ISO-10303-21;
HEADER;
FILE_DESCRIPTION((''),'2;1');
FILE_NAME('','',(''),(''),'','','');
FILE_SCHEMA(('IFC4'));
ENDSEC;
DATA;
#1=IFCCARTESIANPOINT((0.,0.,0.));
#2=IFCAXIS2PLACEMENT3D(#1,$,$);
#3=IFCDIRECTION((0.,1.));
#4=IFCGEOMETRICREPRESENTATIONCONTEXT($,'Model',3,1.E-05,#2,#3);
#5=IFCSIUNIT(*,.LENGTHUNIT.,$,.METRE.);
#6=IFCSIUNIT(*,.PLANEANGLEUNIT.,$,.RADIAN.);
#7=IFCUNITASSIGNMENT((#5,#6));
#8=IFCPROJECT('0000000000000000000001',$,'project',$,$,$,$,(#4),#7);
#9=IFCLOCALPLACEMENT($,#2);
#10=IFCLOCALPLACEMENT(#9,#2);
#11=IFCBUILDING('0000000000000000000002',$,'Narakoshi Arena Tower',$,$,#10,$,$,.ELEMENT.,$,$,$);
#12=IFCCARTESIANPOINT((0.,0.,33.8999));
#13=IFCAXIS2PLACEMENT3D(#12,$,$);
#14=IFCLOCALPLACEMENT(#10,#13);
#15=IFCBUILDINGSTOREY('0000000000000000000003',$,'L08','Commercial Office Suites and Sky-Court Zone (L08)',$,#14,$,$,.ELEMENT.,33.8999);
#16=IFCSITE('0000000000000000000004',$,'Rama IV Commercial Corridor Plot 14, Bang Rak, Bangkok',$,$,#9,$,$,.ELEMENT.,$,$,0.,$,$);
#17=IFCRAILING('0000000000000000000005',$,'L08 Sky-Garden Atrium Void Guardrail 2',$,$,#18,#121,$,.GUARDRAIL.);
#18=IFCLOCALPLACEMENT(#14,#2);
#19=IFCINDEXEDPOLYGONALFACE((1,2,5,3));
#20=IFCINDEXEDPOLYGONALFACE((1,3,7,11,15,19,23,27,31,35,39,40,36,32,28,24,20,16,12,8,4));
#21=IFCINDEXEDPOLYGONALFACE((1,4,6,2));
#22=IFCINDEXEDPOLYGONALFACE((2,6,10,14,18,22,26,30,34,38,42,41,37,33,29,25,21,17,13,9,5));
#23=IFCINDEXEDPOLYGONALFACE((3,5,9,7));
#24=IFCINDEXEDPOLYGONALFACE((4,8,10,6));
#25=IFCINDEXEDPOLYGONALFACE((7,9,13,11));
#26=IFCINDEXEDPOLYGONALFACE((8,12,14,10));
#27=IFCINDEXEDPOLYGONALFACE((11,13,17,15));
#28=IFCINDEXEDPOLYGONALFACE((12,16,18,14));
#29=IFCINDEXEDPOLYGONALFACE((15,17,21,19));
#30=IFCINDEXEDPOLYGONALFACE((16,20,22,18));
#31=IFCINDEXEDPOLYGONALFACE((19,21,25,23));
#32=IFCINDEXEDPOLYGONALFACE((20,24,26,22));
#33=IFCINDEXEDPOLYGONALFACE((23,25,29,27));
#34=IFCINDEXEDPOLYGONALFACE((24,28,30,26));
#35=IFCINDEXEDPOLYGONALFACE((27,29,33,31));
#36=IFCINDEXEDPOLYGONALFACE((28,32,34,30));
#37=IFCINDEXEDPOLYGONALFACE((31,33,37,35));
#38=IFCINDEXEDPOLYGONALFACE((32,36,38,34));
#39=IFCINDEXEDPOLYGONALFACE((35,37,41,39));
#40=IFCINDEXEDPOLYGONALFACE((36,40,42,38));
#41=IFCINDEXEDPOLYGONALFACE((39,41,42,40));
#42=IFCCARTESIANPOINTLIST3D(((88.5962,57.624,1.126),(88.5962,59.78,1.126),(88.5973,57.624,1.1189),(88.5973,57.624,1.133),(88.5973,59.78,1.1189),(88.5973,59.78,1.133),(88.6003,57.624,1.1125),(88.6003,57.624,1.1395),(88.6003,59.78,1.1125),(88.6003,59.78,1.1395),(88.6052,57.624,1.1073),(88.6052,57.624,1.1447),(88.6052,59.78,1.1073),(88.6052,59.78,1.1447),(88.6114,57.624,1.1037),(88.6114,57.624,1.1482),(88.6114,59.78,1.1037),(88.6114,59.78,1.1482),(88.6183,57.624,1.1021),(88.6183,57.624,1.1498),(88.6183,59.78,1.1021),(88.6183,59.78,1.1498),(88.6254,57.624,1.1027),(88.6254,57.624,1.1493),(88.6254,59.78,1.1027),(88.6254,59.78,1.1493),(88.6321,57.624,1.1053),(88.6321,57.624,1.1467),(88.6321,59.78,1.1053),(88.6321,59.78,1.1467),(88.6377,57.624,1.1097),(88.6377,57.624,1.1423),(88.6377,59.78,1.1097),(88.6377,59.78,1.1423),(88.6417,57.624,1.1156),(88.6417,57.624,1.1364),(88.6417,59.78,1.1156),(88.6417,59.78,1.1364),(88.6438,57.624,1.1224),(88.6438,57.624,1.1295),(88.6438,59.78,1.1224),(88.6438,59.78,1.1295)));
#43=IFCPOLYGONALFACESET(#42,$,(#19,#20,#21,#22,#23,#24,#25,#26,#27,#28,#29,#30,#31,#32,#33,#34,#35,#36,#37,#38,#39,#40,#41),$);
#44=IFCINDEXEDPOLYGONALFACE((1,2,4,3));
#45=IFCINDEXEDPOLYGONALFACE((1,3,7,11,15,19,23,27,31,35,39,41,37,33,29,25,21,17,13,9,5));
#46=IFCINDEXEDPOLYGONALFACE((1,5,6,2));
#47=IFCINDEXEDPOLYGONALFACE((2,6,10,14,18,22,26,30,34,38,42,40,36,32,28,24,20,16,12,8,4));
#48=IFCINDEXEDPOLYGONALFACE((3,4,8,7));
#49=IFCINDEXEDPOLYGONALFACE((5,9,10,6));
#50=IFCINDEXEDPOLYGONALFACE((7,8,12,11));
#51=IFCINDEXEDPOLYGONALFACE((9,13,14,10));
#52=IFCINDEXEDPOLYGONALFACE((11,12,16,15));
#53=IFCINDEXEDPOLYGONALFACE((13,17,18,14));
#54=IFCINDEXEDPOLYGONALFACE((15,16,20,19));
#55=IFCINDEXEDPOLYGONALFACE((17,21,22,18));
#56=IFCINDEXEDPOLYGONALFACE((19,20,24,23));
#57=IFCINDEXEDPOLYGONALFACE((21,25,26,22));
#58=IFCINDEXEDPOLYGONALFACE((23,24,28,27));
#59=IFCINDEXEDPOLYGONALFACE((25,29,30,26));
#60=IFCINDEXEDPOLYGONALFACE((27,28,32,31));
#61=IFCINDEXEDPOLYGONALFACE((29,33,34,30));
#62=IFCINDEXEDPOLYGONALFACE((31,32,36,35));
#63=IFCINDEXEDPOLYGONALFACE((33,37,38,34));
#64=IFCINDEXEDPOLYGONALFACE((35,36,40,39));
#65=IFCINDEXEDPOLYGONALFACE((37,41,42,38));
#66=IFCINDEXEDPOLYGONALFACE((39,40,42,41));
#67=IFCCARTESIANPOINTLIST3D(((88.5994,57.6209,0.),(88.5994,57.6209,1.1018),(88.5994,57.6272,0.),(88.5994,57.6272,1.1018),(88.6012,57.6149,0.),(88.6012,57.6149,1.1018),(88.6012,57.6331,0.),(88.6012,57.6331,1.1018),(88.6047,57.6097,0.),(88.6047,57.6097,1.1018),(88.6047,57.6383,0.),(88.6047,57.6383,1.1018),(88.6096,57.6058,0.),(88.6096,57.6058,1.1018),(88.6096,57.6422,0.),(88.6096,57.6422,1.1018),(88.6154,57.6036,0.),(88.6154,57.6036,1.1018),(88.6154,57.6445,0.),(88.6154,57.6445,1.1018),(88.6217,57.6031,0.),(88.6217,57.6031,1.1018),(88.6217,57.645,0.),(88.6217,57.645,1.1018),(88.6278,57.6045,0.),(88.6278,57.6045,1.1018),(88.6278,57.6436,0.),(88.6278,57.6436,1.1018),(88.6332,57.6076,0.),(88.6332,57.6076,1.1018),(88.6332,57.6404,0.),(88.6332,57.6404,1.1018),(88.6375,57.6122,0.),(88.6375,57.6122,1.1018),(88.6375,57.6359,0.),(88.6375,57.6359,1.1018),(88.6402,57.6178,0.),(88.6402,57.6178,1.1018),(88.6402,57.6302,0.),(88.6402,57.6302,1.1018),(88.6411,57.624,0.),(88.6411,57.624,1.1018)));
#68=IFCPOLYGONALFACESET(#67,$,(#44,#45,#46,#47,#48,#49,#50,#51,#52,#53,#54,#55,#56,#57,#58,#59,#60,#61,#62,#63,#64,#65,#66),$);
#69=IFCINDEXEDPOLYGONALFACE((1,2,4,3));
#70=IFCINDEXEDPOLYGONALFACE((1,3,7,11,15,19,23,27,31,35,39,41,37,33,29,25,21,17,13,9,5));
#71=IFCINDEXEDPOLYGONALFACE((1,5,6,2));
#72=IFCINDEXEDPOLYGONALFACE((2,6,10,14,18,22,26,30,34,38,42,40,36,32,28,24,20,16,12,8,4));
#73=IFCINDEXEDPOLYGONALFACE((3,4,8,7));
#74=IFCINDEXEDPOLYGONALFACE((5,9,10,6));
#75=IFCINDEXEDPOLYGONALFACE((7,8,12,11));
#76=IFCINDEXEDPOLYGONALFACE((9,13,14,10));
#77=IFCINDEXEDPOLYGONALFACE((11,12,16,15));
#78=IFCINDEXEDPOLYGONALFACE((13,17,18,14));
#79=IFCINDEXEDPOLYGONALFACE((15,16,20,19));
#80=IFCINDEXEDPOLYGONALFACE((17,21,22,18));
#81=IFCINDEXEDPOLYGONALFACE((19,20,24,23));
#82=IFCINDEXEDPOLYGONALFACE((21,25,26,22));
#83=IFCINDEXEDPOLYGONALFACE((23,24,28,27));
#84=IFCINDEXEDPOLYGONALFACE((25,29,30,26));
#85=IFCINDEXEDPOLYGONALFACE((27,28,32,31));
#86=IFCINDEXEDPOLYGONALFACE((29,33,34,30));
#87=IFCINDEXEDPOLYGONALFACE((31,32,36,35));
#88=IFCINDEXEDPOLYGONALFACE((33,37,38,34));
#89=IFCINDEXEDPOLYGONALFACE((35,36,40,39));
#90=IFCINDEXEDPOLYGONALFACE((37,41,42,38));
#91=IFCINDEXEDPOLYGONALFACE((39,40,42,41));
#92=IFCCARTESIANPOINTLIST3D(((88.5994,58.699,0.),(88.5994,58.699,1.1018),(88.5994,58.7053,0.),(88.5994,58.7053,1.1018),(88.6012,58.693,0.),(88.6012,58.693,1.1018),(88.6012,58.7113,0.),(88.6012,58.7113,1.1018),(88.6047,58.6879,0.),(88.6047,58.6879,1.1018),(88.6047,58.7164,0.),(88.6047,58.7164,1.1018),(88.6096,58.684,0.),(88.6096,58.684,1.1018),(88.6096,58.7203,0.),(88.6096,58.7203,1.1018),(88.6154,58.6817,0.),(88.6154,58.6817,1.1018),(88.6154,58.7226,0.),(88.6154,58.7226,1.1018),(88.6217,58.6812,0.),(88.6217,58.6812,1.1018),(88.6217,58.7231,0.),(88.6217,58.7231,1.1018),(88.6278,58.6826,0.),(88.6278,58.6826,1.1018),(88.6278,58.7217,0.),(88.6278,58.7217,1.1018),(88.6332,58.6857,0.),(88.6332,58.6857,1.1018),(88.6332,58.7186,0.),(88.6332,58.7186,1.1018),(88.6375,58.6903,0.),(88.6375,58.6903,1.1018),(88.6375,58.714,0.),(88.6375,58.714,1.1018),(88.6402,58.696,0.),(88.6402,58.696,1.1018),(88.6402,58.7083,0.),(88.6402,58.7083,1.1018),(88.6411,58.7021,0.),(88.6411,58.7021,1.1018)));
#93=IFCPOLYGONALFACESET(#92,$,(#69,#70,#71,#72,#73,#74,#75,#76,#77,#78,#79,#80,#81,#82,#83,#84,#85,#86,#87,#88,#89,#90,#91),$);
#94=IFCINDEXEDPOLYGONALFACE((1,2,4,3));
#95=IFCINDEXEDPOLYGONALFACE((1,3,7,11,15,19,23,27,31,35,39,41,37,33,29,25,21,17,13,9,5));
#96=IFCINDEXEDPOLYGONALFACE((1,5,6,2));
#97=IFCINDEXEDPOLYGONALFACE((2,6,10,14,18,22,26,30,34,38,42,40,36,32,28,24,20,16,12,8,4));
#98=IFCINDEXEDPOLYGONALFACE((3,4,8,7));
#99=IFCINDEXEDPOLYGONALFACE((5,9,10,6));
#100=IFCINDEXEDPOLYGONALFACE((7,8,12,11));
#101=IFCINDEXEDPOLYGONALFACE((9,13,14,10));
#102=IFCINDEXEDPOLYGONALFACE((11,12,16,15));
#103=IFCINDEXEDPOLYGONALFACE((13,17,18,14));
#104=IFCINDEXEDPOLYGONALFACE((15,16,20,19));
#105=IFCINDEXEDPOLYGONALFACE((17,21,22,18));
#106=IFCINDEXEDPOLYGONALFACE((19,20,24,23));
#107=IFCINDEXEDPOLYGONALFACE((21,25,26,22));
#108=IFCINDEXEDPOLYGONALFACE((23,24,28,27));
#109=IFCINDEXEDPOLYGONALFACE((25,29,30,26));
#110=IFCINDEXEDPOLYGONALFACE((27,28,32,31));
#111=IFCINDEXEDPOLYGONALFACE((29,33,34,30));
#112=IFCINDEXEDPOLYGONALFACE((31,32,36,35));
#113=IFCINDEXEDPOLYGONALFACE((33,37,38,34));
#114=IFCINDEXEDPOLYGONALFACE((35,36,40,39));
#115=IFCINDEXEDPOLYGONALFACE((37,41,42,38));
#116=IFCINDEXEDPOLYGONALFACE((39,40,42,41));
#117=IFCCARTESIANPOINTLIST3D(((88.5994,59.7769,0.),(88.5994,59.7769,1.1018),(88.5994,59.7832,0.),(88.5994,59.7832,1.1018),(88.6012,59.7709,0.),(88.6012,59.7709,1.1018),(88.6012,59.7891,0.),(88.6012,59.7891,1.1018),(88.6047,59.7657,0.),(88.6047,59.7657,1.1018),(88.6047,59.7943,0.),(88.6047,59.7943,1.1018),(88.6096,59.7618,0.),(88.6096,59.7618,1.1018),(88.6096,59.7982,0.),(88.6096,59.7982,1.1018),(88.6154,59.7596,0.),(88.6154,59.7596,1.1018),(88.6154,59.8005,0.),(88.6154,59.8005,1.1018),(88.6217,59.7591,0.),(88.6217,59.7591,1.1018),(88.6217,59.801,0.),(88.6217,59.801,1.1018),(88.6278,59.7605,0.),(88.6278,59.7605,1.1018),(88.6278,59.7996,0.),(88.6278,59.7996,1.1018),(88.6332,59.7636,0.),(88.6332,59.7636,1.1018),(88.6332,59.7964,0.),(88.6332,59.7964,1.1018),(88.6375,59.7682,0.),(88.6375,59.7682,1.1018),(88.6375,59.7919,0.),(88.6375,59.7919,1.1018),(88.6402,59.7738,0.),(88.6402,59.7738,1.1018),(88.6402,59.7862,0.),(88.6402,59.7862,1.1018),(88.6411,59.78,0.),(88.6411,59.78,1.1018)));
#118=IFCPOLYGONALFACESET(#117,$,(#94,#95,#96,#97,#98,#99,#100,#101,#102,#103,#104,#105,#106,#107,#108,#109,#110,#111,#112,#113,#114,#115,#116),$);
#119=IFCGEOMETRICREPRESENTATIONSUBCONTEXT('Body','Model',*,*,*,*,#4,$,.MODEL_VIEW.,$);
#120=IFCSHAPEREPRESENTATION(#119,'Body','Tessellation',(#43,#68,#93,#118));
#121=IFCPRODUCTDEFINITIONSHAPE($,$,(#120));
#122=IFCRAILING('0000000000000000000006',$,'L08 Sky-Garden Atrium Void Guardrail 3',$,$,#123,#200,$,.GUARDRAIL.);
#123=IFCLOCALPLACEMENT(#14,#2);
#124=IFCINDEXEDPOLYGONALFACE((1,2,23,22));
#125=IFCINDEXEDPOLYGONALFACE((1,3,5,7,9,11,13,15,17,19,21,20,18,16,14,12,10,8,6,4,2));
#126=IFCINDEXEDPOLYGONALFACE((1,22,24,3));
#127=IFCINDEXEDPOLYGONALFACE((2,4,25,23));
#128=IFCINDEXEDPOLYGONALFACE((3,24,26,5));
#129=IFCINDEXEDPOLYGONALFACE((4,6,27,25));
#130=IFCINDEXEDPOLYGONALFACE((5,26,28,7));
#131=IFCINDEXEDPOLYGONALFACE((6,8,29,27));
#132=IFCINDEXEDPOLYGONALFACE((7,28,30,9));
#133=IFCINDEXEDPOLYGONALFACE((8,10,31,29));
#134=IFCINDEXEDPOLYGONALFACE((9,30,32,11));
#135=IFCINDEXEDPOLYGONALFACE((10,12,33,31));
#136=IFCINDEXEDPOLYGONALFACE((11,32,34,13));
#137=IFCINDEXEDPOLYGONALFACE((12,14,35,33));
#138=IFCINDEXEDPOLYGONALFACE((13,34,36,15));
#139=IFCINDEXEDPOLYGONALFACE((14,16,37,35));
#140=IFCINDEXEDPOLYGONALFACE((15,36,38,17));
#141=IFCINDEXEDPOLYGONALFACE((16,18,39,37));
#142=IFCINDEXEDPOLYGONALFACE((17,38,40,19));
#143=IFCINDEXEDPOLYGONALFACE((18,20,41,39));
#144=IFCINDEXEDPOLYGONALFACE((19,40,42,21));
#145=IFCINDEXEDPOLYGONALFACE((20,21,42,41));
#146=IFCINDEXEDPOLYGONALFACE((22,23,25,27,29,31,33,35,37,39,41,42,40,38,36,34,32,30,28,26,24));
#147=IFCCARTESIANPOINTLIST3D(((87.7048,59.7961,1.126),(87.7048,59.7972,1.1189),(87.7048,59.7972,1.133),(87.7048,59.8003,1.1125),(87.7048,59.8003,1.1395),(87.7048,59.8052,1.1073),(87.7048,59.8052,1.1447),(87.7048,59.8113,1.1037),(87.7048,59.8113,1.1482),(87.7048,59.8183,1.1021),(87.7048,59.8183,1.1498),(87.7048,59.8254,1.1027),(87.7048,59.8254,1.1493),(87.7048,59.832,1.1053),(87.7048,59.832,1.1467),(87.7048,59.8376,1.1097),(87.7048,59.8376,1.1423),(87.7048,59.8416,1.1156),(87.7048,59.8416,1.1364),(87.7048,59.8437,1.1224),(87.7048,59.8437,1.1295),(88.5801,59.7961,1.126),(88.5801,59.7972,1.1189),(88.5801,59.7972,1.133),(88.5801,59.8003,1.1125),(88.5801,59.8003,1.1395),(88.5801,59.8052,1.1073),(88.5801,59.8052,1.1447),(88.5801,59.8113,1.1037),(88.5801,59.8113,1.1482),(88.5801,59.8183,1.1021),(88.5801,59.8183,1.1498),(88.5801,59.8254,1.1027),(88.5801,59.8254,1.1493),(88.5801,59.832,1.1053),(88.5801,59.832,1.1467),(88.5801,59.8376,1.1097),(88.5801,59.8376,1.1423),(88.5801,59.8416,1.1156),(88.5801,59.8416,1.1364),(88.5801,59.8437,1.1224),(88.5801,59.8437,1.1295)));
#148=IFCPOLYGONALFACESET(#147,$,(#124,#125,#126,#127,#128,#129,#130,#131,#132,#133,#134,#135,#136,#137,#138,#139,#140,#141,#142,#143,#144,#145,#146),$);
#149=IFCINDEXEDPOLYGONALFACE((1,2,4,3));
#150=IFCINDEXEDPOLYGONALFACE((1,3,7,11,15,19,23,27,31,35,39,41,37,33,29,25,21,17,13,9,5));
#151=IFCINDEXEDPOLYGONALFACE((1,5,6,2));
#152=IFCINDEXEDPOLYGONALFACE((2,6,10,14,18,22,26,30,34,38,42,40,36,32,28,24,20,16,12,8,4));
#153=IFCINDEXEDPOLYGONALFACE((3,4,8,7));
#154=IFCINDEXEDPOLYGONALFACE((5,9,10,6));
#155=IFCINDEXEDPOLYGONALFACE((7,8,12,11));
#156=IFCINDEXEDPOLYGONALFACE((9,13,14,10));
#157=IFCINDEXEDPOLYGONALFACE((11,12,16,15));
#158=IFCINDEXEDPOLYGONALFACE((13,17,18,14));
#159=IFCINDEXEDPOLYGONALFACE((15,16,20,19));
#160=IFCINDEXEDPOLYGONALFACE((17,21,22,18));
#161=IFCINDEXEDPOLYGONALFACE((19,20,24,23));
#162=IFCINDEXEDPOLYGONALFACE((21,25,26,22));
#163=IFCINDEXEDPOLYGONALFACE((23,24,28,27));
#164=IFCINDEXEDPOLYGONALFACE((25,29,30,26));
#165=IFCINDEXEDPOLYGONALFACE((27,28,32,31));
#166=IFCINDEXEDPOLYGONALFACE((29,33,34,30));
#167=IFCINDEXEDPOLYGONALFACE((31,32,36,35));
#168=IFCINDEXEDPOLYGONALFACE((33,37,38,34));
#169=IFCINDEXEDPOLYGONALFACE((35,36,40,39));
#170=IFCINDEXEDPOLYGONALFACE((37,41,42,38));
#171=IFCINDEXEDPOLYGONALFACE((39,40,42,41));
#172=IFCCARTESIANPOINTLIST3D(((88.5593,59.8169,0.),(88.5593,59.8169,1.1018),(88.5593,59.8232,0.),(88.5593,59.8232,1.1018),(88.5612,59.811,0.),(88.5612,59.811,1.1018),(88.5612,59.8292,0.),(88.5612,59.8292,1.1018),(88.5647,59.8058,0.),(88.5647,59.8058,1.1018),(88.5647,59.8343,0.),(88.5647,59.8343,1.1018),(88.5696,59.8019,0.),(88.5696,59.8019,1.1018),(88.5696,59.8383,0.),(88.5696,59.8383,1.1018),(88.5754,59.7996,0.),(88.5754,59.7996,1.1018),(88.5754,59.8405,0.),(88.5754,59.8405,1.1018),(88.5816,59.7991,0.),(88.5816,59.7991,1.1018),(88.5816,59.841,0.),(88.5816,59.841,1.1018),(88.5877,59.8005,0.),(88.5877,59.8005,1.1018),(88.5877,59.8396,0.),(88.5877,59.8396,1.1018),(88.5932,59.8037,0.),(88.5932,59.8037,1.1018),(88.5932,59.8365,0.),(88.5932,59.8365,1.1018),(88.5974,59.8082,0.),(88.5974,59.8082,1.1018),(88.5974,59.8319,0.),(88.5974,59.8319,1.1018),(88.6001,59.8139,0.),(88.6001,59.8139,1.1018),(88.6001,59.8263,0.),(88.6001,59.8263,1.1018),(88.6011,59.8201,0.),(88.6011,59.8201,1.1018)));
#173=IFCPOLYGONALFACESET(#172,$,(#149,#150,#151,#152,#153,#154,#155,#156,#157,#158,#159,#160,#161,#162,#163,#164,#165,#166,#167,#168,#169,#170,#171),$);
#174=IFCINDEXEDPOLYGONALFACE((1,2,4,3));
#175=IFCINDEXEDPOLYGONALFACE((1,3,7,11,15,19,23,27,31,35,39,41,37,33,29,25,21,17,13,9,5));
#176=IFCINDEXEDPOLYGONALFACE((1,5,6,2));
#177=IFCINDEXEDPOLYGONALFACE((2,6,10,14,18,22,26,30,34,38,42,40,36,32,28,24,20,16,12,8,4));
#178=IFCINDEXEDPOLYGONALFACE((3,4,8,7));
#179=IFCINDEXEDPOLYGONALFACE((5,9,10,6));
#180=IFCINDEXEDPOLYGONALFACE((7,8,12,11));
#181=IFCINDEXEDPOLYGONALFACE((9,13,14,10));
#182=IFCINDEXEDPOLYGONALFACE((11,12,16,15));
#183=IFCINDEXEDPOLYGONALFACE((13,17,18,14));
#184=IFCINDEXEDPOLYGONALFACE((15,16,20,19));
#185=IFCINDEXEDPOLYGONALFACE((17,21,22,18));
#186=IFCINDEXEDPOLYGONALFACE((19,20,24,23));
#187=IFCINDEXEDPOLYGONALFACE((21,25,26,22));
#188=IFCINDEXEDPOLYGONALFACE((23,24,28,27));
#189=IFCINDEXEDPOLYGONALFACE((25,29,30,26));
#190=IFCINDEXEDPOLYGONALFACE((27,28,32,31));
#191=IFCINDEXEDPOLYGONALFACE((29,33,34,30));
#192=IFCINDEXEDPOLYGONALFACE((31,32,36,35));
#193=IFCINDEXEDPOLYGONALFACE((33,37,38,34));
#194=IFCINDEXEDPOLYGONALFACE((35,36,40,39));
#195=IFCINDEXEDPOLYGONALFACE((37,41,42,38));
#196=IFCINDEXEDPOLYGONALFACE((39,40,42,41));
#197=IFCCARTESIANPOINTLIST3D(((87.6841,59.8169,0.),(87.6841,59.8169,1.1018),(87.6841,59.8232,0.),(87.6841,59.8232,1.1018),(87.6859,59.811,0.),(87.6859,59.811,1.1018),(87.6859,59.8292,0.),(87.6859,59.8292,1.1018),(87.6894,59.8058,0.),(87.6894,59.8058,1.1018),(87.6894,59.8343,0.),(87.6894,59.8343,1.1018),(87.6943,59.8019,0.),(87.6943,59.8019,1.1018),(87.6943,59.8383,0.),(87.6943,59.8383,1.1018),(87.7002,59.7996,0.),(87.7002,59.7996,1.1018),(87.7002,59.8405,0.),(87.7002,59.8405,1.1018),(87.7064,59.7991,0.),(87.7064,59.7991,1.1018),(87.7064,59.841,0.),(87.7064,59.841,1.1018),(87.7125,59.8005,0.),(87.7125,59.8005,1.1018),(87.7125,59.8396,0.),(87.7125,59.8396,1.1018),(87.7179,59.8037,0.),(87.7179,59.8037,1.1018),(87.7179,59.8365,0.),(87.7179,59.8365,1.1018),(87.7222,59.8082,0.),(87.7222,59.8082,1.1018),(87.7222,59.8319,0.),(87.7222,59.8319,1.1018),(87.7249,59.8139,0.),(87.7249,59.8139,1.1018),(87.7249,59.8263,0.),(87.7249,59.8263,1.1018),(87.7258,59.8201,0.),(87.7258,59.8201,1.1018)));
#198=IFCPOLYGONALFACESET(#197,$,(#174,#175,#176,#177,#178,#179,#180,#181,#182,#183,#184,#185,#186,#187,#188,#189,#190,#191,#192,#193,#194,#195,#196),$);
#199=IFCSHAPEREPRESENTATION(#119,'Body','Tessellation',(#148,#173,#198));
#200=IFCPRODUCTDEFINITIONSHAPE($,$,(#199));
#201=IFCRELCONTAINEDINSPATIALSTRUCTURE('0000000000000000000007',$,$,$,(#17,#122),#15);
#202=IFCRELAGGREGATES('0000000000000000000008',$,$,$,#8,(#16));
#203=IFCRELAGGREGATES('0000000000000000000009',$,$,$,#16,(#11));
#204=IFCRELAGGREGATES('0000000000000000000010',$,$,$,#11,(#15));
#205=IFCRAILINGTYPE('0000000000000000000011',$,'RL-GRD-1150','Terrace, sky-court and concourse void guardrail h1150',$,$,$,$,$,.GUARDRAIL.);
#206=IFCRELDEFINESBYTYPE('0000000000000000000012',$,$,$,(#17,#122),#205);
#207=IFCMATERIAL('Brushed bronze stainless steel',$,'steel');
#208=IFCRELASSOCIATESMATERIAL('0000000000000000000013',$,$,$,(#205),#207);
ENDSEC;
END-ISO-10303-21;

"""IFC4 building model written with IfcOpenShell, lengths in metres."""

from ifc_helpers import new_model, si_unit, direction, frame, origin, origin_2d, place, context, subcontext, project, spatial, circle, extrude, material, type_object, element, save


model = new_model("IFC4")

# Units and contexts
model_context = context("Model", 3, precision=1e-05, world=origin(), true_north=direction((0.0, 1.0)))
body_context = subcontext(model_context, "Body", "Model", "MODEL_VIEW")
ifc_project = project(units=[si_unit("LENGTHUNIT", "METRE"), si_unit("PLANEANGLEUNIT", "RADIAN")], contexts=[model_context])

# Site, building, storey
site_placement = place(None, origin())
site = spatial("IfcSite", under=ifc_project, at=site_placement, Name="Rama IV Commercial Corridor Plot 14, Bang Rak, Bangkok", CompositionType="ELEMENT", RefElevation=0.0)
building_placement = place(site_placement, origin())
building = spatial("IfcBuilding", under=site, at=building_placement, Name="Narakoshi Arena Tower", CompositionType="ELEMENT")
storey_placement = place(building_placement, frame((0.0, 0.0, 33.8999)))
storey = spatial("IfcBuildingStorey", under=building, at=storey_placement, Name="L08", Description="Commercial Office Suites and Sky-Court Zone (L08)", CompositionType="ELEMENT", Elevation=33.8999)

# Railings
ifc_material_1 = material(Name="Brushed bronze stainless steel", Category="steel")
railing_type = type_object("IfcRailingType", Name="RL-GRD-1150", Description="Terrace, sky-court and concourse void guardrail h1150", PredefinedType="GUARDRAIL", material=ifc_material_1)
railing_1_placement = place(storey_placement, frame((88.6201, 57.624, 0.0)))
element("IfcRailing", 1, at=railing_1_placement, inside=storey, type_object=railing_type, Name="L08 Sky-Garden Atrium Void Guardrail 2", PredefinedType="GUARDRAIL", context=body_context, shape_type="SweptSolid", body=[
    extrude(circle(Radius=0.0239, at=origin_2d()), frame((0.0, 0.0, 1.126), z_axis=(0.0, 1.0, 0.0), x_axis=(-1.0, 0.0, 0.0)), (0.0, 0.0, 1.0), 2.156),
    extrude(circle(Radius=0.021, at=origin_2d()), origin(), (0.0, 0.0, 1.0), 1.1018),
    extrude(circle(Radius=0.021, at=origin_2d()), frame((0.0, 1.0781, 0.0)), (0.0, 0.0, 1.0), 1.1018),
    extrude(circle(Radius=0.021, at=origin_2d()), frame((0.0, 2.156, 0.0)), (0.0, 0.0, 1.0), 1.1018),
])
railing_2_placement = place(storey_placement, frame((88.5801, 59.8201, 0.0)))
element("IfcRailing", 2, at=railing_2_placement, inside=storey, type_object=railing_type, Name="L08 Sky-Garden Atrium Void Guardrail 3", PredefinedType="GUARDRAIL", context=body_context, shape_type="SweptSolid", body=[
    extrude(circle(Radius=0.0239, at=origin_2d()), frame((0.0, 0.0, 1.126), z_axis=(-1.0, 0.0, 0.0), x_axis=(0.0, -1.0, 0.0)), (0.0, 0.0, 1.0), 0.8752),
    extrude(circle(Radius=0.021, at=origin_2d()), origin(), (0.0, 0.0, 1.0), 1.1018),
    extrude(circle(Radius=0.021, at=origin_2d()), frame((-0.8752, 0.0, 0.0)), (0.0, 0.0, 1.0), 1.1018),
])

save(model, "model.ifc")
